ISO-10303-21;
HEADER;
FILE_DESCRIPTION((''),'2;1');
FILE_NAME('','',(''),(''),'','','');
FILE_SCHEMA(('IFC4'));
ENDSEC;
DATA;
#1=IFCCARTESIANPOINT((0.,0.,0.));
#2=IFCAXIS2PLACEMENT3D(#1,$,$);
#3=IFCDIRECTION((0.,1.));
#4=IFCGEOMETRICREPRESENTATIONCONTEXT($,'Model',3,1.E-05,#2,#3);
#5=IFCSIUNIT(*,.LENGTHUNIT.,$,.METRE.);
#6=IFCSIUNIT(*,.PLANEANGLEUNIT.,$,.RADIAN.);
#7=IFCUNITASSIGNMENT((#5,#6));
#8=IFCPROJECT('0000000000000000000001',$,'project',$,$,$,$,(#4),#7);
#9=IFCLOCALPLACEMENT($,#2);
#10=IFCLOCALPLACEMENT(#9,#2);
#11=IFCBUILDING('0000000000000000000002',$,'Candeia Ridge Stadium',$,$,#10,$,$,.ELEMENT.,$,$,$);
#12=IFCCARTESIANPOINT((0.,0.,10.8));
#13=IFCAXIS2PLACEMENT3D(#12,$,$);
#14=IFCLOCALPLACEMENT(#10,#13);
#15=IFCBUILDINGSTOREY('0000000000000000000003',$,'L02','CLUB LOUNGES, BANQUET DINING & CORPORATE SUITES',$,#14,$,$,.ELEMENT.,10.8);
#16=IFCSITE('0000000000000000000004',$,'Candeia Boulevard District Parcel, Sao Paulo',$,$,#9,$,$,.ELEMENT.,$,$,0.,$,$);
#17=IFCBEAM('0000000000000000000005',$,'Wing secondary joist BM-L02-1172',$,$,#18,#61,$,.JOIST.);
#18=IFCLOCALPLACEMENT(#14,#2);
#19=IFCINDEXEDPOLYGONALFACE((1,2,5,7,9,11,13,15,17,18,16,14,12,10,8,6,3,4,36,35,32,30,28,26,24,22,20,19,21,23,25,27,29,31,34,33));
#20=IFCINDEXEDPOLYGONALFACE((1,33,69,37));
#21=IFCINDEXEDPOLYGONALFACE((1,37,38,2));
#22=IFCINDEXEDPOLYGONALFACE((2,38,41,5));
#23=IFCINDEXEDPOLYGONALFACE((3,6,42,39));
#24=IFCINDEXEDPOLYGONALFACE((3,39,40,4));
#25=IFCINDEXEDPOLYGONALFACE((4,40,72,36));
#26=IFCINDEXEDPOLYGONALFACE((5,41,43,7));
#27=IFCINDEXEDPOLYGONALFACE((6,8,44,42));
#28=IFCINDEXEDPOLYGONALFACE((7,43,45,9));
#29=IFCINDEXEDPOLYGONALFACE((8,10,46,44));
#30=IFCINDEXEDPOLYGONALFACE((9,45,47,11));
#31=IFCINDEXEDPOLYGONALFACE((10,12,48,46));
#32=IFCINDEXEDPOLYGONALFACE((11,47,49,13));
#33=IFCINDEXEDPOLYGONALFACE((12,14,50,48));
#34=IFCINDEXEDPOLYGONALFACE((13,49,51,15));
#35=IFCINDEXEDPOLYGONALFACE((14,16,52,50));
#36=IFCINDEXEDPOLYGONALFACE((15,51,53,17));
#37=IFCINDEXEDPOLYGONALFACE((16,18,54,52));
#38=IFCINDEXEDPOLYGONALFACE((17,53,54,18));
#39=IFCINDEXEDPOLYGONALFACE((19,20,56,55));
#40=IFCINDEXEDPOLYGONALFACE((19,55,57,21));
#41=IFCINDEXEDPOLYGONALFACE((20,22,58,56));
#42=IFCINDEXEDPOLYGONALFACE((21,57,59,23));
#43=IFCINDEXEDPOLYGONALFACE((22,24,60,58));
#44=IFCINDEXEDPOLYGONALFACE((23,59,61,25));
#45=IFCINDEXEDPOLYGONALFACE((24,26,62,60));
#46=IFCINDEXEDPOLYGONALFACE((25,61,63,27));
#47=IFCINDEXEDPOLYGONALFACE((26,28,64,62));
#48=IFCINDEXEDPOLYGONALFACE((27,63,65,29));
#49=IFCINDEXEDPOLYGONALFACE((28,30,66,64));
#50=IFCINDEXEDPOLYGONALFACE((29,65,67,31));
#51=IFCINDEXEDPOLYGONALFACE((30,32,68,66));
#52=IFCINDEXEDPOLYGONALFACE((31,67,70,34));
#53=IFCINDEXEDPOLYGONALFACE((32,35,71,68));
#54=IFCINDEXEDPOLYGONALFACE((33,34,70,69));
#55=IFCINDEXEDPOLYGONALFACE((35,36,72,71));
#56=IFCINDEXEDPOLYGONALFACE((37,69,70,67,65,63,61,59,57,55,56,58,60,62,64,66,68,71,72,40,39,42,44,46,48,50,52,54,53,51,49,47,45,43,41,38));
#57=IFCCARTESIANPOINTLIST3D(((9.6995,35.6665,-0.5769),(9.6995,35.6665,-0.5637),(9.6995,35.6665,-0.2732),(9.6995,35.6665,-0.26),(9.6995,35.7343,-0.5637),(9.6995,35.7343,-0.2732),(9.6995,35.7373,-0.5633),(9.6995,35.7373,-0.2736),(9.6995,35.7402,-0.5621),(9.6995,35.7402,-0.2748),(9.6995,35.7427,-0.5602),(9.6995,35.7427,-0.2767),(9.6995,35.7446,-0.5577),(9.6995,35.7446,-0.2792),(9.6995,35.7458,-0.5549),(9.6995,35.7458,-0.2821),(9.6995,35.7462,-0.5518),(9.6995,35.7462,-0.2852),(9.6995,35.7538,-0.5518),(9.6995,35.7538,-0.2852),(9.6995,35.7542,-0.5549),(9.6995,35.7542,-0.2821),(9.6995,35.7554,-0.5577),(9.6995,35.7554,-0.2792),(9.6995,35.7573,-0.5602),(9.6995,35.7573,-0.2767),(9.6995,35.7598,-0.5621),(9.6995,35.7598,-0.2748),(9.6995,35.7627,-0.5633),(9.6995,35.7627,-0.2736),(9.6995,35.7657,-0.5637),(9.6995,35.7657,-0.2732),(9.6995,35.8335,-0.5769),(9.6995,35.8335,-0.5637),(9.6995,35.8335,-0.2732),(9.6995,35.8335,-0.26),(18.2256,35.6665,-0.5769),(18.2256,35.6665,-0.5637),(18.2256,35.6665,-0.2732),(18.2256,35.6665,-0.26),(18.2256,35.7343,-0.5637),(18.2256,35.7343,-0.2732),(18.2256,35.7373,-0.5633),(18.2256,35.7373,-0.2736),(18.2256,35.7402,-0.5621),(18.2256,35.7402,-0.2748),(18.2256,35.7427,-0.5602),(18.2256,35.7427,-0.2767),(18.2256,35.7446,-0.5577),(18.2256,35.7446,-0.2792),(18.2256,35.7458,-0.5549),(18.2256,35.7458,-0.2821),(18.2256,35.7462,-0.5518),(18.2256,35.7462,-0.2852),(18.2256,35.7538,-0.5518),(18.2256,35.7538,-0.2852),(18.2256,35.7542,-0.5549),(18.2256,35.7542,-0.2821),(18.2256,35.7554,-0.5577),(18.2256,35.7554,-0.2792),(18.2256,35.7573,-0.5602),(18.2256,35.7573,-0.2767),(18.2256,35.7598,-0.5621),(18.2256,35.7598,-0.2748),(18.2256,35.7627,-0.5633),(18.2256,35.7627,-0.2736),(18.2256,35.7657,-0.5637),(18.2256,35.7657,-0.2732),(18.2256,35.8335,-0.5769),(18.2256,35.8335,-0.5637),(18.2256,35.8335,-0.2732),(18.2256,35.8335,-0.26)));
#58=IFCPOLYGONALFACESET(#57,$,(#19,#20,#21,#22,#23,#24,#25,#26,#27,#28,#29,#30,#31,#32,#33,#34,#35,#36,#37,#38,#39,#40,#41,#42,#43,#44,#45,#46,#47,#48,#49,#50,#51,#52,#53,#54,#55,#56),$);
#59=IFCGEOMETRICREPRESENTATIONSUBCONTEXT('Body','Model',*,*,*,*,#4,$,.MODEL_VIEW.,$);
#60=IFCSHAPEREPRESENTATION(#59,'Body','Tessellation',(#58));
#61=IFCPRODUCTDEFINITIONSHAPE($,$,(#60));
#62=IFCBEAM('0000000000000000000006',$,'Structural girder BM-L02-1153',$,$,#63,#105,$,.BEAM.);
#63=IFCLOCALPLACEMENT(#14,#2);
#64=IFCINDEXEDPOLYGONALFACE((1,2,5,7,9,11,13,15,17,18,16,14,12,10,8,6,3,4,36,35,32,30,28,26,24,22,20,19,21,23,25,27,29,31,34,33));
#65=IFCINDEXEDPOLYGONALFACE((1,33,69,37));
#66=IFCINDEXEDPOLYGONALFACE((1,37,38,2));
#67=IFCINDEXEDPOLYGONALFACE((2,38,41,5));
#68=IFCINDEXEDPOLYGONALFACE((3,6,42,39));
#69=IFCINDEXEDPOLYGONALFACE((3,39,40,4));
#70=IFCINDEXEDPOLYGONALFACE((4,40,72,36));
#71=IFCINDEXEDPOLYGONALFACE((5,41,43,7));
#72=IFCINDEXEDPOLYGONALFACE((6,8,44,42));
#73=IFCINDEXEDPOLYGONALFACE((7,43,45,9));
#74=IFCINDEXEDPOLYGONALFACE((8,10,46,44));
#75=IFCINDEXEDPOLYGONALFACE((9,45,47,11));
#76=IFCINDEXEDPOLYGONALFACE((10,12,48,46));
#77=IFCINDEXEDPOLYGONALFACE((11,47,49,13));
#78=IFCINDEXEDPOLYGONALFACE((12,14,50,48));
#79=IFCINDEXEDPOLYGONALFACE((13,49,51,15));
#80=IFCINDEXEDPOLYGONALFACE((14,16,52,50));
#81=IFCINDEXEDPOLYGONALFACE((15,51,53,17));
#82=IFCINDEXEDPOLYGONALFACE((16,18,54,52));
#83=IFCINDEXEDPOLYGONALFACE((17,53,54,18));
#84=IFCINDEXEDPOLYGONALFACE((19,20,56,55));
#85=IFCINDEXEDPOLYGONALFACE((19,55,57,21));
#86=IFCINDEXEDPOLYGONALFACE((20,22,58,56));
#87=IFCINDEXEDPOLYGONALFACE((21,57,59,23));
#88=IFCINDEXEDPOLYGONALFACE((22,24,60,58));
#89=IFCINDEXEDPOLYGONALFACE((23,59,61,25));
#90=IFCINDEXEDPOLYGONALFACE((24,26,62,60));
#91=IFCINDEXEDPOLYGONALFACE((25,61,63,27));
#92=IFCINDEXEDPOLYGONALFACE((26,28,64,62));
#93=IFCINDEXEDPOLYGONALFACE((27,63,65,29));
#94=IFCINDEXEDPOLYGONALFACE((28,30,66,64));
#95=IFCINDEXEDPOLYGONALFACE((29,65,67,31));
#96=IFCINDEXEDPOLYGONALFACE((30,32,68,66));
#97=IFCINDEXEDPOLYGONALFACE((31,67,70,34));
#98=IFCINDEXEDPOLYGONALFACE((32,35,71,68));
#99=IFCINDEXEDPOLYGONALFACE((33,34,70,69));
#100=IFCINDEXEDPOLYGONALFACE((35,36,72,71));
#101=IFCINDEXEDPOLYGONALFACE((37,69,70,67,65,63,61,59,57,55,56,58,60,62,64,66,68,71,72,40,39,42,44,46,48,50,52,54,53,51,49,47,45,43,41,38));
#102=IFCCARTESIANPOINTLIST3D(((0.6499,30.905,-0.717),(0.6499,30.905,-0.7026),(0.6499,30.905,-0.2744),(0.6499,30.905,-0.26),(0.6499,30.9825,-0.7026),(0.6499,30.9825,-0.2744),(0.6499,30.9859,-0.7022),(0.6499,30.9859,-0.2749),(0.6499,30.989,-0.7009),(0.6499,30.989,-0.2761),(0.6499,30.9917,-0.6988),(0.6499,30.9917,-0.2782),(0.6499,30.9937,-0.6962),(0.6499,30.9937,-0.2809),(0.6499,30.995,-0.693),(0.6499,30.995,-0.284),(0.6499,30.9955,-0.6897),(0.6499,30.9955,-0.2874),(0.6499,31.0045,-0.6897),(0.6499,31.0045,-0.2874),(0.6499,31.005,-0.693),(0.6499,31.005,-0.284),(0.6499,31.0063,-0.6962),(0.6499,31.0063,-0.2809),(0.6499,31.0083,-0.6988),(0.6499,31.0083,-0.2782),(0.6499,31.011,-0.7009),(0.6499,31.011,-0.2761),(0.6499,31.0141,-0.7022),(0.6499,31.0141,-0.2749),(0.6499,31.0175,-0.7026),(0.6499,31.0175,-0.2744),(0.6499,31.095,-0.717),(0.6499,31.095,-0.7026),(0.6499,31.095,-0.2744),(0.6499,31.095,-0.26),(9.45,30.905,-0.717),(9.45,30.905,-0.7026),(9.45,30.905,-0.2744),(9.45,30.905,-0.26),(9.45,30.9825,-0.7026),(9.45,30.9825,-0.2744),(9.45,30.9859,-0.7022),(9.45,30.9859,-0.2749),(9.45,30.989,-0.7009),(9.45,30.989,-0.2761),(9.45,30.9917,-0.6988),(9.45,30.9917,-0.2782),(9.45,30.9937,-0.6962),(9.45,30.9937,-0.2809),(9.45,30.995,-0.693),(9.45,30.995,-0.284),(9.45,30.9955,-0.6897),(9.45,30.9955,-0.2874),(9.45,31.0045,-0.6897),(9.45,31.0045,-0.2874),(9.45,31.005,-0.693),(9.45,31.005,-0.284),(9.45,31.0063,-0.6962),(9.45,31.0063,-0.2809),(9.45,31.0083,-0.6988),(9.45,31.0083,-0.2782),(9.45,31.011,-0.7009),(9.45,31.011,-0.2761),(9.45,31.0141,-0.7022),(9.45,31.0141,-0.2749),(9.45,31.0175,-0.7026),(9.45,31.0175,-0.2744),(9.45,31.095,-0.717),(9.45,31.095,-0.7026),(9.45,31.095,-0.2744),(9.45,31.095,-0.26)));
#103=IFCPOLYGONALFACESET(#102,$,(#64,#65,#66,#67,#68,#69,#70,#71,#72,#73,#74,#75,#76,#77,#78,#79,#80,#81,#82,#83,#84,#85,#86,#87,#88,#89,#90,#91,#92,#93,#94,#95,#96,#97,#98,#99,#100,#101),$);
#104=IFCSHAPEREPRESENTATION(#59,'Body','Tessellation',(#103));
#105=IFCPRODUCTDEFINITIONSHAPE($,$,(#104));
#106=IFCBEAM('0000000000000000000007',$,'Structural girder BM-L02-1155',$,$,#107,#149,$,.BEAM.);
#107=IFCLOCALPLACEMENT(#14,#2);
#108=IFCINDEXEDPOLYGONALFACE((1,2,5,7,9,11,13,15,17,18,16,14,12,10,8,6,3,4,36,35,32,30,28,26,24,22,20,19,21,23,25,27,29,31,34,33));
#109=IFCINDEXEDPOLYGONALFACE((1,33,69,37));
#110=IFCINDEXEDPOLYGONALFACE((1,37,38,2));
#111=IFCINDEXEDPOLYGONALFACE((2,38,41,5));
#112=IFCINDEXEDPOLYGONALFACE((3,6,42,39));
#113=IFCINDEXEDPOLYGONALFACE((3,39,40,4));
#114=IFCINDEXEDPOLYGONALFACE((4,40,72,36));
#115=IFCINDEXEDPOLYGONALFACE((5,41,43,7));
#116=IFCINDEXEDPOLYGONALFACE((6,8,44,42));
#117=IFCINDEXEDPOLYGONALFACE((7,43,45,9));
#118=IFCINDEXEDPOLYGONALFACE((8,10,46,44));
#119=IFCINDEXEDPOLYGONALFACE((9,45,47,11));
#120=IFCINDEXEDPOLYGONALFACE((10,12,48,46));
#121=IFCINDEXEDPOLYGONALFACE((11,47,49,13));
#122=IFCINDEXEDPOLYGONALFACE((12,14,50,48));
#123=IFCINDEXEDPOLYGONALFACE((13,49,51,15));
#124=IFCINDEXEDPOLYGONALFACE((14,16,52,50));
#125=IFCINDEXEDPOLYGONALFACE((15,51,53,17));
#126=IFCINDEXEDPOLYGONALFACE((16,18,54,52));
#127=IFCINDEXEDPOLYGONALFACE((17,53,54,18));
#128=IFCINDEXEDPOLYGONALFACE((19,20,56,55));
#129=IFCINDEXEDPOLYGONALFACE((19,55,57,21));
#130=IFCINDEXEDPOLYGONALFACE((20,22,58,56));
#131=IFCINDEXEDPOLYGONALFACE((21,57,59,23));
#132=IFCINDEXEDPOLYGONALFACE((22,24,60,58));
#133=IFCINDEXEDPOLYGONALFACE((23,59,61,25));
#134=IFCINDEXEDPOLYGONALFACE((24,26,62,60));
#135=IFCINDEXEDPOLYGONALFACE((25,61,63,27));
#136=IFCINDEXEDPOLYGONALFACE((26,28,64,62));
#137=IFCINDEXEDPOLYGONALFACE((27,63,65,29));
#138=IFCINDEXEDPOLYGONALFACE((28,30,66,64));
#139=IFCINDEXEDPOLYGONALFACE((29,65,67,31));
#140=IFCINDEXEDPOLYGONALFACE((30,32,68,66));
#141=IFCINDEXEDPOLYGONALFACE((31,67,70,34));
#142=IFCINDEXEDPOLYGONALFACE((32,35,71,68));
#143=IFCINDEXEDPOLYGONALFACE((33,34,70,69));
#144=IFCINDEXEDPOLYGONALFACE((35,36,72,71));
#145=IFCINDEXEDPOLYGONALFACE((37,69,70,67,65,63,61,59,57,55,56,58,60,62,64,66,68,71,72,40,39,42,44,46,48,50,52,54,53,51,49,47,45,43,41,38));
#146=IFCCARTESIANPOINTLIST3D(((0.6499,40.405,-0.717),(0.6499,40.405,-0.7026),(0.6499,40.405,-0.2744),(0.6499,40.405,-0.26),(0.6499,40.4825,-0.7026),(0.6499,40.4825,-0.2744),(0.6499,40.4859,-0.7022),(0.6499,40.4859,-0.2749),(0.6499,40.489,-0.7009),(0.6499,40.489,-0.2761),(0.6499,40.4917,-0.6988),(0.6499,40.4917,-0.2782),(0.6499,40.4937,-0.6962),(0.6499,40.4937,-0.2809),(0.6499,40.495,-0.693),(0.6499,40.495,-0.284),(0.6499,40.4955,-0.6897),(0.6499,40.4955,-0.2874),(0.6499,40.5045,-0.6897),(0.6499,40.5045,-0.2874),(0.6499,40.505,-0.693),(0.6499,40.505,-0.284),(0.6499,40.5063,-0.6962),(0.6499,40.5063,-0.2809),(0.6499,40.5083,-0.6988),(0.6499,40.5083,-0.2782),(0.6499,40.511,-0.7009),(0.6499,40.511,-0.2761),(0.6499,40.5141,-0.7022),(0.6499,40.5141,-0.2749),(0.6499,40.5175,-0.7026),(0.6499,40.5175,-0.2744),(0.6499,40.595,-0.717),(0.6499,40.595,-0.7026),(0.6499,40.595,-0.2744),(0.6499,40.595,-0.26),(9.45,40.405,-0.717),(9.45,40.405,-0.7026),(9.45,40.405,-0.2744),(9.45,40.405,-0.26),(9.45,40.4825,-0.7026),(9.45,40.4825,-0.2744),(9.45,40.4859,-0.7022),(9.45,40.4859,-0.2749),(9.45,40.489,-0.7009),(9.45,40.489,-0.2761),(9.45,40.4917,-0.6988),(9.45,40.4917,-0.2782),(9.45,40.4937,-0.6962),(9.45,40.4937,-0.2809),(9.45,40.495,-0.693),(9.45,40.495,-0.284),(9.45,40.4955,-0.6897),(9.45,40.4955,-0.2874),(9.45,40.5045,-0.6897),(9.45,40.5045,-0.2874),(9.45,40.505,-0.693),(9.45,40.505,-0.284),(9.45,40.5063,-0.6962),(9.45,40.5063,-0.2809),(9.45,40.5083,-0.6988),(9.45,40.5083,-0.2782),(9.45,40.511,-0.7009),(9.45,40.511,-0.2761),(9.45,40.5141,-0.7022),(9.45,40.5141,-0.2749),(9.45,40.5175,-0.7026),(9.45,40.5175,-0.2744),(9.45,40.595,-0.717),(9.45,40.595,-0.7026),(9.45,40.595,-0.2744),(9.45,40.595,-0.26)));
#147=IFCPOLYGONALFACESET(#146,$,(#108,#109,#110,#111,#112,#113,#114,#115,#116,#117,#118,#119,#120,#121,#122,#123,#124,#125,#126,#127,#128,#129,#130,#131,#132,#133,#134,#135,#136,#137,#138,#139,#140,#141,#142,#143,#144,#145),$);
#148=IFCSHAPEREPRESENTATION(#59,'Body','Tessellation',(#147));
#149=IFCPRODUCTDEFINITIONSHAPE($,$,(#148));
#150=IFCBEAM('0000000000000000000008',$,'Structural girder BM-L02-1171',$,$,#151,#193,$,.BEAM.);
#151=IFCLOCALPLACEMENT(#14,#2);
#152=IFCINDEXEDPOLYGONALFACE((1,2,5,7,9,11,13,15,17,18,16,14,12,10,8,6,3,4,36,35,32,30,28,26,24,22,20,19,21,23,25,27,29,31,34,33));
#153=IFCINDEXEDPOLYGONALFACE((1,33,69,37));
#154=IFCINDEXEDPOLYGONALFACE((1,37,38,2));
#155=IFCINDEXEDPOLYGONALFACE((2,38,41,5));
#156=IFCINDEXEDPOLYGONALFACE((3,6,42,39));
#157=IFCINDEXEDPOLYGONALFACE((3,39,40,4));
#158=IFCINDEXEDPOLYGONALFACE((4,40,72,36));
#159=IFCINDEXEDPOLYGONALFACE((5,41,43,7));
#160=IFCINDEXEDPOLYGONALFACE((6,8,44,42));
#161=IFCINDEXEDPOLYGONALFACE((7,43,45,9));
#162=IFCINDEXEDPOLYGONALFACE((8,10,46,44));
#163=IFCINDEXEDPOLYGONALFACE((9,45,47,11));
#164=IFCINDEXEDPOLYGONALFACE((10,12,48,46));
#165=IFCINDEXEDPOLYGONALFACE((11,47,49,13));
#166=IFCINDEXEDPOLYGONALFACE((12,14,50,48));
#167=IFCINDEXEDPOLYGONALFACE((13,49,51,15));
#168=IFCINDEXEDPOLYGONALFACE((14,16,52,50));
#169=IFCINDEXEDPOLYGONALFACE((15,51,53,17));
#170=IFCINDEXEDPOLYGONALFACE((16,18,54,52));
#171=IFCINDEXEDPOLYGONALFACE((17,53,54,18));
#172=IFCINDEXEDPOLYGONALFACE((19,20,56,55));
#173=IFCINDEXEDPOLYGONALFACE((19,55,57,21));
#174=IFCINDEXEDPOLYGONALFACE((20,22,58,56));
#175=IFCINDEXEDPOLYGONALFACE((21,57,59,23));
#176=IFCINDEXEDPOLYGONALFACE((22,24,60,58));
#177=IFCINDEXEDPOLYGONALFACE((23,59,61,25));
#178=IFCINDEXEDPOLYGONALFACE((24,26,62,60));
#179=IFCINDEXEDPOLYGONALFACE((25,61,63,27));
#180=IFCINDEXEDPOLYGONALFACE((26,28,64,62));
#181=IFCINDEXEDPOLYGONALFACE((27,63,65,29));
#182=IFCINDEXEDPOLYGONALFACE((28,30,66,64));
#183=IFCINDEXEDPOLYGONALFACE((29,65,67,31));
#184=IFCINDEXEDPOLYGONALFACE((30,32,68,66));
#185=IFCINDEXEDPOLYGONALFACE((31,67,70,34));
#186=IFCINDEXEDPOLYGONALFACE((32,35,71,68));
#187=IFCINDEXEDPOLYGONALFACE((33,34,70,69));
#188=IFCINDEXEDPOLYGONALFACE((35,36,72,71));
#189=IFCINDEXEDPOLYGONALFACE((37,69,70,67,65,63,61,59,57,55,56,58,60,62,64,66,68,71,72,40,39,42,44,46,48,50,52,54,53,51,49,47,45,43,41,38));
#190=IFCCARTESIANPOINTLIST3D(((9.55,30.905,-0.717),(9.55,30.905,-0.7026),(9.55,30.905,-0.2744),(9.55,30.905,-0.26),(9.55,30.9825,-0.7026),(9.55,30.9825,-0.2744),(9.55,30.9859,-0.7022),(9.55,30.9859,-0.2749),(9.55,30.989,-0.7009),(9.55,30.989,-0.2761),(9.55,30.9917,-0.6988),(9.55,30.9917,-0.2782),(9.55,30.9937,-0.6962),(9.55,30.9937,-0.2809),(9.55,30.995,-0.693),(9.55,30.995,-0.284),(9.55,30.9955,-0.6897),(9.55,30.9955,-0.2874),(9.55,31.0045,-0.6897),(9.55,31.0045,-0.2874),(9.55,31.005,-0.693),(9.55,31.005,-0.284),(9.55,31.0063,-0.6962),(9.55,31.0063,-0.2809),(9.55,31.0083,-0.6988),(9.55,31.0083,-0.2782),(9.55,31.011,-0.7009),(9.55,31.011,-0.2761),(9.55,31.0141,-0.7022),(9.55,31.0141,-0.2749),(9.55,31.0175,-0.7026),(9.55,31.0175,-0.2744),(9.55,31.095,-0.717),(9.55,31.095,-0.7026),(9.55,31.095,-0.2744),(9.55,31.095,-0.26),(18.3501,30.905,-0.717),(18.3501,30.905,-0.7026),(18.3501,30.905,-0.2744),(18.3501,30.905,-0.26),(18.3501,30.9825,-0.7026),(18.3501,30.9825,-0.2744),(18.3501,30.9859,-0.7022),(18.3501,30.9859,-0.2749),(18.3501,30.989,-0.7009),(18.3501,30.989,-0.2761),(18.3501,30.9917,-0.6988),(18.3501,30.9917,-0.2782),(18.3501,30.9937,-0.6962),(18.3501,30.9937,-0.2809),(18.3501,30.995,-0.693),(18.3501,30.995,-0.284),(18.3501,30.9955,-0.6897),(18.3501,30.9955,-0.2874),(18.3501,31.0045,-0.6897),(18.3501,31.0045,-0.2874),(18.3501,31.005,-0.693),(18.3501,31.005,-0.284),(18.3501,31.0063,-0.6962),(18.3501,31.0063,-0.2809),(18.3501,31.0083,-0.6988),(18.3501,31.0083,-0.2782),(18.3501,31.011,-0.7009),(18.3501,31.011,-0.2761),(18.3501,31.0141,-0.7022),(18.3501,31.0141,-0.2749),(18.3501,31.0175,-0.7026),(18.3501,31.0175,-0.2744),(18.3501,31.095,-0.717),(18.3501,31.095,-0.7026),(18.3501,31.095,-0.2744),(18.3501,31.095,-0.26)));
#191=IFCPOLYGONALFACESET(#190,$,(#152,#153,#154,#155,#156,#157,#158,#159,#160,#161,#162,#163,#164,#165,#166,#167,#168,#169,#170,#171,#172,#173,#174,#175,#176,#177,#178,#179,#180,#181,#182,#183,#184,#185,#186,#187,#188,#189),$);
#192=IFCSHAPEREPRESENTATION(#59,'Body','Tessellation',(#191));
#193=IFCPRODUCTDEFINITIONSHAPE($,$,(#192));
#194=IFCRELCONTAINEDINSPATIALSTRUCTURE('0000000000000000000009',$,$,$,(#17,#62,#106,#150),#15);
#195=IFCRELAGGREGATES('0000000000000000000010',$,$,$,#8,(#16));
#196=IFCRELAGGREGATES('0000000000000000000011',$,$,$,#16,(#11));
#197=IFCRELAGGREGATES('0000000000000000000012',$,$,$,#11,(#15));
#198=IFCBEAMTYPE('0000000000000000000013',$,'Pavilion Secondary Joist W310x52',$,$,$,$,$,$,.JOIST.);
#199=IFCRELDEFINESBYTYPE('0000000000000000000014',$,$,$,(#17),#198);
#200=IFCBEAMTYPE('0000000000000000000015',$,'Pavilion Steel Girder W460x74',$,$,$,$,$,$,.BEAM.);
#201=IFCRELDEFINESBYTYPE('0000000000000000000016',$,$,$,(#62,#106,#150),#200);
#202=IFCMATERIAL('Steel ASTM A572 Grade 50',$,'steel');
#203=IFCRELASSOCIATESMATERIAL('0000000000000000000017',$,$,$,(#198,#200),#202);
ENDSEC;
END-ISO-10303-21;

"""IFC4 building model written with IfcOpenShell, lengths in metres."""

from ifc_helpers import new_model, si_unit, direction, frame, origin, origin_2d, place, context, subcontext, project, spatial, i_section, extrude, material, material_profile, profile_set, type_object, element, save


model = new_model("IFC4")

# Units and contexts
model_context = context("Model", 3, precision=1e-05, world=origin(), true_north=direction((0.0, 1.0)))
body_context = subcontext(model_context, "Body", "Model", "MODEL_VIEW")
ifc_project = project(units=[si_unit("LENGTHUNIT", "METRE"), si_unit("PLANEANGLEUNIT", "RADIAN")], contexts=[model_context])

# Site, building, storey
site_placement = place(None, origin())
site = spatial("IfcSite", under=ifc_project, at=site_placement, Name="Candeia Boulevard District Parcel, Sao Paulo", CompositionType="ELEMENT", RefElevation=0.0)
building_placement = place(site_placement, origin())
building = spatial("IfcBuilding", under=site, at=building_placement, Name="Candeia Ridge Stadium", CompositionType="ELEMENT")
storey_placement = place(building_placement, frame((0.0, 0.0, 10.8)))
storey = spatial("IfcBuildingStorey", under=building, at=storey_placement, Name="L02", Description="CLUB LOUNGES, BANQUET DINING & CORPORATE SUITES", CompositionType="ELEMENT", Elevation=10.8)

# Beams
ifc_material_1 = material(Name="Steel ASTM A572 Grade 50", Category="steel")
ifc_material_profile_1 = material_profile(ifc_material_1, i_section(OverallWidth=0.167, OverallDepth=0.3169, WebThickness=0.0076, FlangeThickness=0.0132, FilletRadius=0.012, at=origin_2d()), Name="W310x52", Category="steel")
ifc_profile_set_1 = profile_set([ifc_material_profile_1], Name="Steel ASTM A572 Grade 50")
beam_type_1 = type_object("IfcBeamType", Name="Pavilion Secondary Joist W310x52", PredefinedType="JOIST", material=ifc_profile_set_1)
for number, where, z_axis, x_axis, name in (
    (1, (9.6995, 35.75, -0.4185), (1.0, 0.0, 0.0), (0.0, 1.0, 0.0), "Wing secondary joist BM-L02-1172"),
):
    element("IfcBeam", number, at=place(storey_placement, frame(where, z_axis=z_axis, x_axis=x_axis)), inside=storey, type_object=beam_type_1, Name=name, PredefinedType="JOIST", context=body_context, shape_type="SweptSolid", body=[
        extrude(i_section(OverallWidth=0.167, OverallDepth=0.3169, WebThickness=0.0076, FlangeThickness=0.0132, FilletRadius=0.012, at=origin_2d()), origin(), (0.0, 0.0, 1.0), 8.5261),
    ])
ifc_material_profile_2 = material_profile(ifc_material_1, i_section(OverallWidth=0.1899, OverallDepth=0.457, WebThickness=0.009, FlangeThickness=0.0144, FilletRadius=0.0129, at=origin_2d()), Name="W460x74", Category="steel")
ifc_profile_set_2 = profile_set([ifc_material_profile_2], Name="Steel ASTM A572 Grade 50")
beam_type_2 = type_object("IfcBeamType", Name="Pavilion Steel Girder W460x74", PredefinedType="BEAM", material=ifc_profile_set_2)
for number, where, z_axis, x_axis, name in (
    (2, (0.6499, 31.0, -0.4885), (1.0, 0.0, 0.0), (0.0, 1.0, 0.0), "Structural girder BM-L02-1153"),
    (3, (0.6499, 40.5, -0.4885), (1.0, 0.0, 0.0), (0.0, 1.0, 0.0), "Structural girder BM-L02-1155"),
    (4, (9.55, 31.0, -0.4885), (1.0, 0.0, 0.0), (0.0, 1.0, 0.0), "Structural girder BM-L02-1171"),
):
    element("IfcBeam", number, at=place(storey_placement, frame(where, z_axis=z_axis, x_axis=x_axis)), inside=storey, type_object=beam_type_2, Name=name, PredefinedType="BEAM", context=body_context, shape_type="SweptSolid", body=[
        extrude(i_section(OverallWidth=0.1899, OverallDepth=0.457, WebThickness=0.009, FlangeThickness=0.0144, FilletRadius=0.0129, at=origin_2d()), origin(), (0.0, 0.0, 1.0), 8.8),
    ])

save(model, "model.ifc")
